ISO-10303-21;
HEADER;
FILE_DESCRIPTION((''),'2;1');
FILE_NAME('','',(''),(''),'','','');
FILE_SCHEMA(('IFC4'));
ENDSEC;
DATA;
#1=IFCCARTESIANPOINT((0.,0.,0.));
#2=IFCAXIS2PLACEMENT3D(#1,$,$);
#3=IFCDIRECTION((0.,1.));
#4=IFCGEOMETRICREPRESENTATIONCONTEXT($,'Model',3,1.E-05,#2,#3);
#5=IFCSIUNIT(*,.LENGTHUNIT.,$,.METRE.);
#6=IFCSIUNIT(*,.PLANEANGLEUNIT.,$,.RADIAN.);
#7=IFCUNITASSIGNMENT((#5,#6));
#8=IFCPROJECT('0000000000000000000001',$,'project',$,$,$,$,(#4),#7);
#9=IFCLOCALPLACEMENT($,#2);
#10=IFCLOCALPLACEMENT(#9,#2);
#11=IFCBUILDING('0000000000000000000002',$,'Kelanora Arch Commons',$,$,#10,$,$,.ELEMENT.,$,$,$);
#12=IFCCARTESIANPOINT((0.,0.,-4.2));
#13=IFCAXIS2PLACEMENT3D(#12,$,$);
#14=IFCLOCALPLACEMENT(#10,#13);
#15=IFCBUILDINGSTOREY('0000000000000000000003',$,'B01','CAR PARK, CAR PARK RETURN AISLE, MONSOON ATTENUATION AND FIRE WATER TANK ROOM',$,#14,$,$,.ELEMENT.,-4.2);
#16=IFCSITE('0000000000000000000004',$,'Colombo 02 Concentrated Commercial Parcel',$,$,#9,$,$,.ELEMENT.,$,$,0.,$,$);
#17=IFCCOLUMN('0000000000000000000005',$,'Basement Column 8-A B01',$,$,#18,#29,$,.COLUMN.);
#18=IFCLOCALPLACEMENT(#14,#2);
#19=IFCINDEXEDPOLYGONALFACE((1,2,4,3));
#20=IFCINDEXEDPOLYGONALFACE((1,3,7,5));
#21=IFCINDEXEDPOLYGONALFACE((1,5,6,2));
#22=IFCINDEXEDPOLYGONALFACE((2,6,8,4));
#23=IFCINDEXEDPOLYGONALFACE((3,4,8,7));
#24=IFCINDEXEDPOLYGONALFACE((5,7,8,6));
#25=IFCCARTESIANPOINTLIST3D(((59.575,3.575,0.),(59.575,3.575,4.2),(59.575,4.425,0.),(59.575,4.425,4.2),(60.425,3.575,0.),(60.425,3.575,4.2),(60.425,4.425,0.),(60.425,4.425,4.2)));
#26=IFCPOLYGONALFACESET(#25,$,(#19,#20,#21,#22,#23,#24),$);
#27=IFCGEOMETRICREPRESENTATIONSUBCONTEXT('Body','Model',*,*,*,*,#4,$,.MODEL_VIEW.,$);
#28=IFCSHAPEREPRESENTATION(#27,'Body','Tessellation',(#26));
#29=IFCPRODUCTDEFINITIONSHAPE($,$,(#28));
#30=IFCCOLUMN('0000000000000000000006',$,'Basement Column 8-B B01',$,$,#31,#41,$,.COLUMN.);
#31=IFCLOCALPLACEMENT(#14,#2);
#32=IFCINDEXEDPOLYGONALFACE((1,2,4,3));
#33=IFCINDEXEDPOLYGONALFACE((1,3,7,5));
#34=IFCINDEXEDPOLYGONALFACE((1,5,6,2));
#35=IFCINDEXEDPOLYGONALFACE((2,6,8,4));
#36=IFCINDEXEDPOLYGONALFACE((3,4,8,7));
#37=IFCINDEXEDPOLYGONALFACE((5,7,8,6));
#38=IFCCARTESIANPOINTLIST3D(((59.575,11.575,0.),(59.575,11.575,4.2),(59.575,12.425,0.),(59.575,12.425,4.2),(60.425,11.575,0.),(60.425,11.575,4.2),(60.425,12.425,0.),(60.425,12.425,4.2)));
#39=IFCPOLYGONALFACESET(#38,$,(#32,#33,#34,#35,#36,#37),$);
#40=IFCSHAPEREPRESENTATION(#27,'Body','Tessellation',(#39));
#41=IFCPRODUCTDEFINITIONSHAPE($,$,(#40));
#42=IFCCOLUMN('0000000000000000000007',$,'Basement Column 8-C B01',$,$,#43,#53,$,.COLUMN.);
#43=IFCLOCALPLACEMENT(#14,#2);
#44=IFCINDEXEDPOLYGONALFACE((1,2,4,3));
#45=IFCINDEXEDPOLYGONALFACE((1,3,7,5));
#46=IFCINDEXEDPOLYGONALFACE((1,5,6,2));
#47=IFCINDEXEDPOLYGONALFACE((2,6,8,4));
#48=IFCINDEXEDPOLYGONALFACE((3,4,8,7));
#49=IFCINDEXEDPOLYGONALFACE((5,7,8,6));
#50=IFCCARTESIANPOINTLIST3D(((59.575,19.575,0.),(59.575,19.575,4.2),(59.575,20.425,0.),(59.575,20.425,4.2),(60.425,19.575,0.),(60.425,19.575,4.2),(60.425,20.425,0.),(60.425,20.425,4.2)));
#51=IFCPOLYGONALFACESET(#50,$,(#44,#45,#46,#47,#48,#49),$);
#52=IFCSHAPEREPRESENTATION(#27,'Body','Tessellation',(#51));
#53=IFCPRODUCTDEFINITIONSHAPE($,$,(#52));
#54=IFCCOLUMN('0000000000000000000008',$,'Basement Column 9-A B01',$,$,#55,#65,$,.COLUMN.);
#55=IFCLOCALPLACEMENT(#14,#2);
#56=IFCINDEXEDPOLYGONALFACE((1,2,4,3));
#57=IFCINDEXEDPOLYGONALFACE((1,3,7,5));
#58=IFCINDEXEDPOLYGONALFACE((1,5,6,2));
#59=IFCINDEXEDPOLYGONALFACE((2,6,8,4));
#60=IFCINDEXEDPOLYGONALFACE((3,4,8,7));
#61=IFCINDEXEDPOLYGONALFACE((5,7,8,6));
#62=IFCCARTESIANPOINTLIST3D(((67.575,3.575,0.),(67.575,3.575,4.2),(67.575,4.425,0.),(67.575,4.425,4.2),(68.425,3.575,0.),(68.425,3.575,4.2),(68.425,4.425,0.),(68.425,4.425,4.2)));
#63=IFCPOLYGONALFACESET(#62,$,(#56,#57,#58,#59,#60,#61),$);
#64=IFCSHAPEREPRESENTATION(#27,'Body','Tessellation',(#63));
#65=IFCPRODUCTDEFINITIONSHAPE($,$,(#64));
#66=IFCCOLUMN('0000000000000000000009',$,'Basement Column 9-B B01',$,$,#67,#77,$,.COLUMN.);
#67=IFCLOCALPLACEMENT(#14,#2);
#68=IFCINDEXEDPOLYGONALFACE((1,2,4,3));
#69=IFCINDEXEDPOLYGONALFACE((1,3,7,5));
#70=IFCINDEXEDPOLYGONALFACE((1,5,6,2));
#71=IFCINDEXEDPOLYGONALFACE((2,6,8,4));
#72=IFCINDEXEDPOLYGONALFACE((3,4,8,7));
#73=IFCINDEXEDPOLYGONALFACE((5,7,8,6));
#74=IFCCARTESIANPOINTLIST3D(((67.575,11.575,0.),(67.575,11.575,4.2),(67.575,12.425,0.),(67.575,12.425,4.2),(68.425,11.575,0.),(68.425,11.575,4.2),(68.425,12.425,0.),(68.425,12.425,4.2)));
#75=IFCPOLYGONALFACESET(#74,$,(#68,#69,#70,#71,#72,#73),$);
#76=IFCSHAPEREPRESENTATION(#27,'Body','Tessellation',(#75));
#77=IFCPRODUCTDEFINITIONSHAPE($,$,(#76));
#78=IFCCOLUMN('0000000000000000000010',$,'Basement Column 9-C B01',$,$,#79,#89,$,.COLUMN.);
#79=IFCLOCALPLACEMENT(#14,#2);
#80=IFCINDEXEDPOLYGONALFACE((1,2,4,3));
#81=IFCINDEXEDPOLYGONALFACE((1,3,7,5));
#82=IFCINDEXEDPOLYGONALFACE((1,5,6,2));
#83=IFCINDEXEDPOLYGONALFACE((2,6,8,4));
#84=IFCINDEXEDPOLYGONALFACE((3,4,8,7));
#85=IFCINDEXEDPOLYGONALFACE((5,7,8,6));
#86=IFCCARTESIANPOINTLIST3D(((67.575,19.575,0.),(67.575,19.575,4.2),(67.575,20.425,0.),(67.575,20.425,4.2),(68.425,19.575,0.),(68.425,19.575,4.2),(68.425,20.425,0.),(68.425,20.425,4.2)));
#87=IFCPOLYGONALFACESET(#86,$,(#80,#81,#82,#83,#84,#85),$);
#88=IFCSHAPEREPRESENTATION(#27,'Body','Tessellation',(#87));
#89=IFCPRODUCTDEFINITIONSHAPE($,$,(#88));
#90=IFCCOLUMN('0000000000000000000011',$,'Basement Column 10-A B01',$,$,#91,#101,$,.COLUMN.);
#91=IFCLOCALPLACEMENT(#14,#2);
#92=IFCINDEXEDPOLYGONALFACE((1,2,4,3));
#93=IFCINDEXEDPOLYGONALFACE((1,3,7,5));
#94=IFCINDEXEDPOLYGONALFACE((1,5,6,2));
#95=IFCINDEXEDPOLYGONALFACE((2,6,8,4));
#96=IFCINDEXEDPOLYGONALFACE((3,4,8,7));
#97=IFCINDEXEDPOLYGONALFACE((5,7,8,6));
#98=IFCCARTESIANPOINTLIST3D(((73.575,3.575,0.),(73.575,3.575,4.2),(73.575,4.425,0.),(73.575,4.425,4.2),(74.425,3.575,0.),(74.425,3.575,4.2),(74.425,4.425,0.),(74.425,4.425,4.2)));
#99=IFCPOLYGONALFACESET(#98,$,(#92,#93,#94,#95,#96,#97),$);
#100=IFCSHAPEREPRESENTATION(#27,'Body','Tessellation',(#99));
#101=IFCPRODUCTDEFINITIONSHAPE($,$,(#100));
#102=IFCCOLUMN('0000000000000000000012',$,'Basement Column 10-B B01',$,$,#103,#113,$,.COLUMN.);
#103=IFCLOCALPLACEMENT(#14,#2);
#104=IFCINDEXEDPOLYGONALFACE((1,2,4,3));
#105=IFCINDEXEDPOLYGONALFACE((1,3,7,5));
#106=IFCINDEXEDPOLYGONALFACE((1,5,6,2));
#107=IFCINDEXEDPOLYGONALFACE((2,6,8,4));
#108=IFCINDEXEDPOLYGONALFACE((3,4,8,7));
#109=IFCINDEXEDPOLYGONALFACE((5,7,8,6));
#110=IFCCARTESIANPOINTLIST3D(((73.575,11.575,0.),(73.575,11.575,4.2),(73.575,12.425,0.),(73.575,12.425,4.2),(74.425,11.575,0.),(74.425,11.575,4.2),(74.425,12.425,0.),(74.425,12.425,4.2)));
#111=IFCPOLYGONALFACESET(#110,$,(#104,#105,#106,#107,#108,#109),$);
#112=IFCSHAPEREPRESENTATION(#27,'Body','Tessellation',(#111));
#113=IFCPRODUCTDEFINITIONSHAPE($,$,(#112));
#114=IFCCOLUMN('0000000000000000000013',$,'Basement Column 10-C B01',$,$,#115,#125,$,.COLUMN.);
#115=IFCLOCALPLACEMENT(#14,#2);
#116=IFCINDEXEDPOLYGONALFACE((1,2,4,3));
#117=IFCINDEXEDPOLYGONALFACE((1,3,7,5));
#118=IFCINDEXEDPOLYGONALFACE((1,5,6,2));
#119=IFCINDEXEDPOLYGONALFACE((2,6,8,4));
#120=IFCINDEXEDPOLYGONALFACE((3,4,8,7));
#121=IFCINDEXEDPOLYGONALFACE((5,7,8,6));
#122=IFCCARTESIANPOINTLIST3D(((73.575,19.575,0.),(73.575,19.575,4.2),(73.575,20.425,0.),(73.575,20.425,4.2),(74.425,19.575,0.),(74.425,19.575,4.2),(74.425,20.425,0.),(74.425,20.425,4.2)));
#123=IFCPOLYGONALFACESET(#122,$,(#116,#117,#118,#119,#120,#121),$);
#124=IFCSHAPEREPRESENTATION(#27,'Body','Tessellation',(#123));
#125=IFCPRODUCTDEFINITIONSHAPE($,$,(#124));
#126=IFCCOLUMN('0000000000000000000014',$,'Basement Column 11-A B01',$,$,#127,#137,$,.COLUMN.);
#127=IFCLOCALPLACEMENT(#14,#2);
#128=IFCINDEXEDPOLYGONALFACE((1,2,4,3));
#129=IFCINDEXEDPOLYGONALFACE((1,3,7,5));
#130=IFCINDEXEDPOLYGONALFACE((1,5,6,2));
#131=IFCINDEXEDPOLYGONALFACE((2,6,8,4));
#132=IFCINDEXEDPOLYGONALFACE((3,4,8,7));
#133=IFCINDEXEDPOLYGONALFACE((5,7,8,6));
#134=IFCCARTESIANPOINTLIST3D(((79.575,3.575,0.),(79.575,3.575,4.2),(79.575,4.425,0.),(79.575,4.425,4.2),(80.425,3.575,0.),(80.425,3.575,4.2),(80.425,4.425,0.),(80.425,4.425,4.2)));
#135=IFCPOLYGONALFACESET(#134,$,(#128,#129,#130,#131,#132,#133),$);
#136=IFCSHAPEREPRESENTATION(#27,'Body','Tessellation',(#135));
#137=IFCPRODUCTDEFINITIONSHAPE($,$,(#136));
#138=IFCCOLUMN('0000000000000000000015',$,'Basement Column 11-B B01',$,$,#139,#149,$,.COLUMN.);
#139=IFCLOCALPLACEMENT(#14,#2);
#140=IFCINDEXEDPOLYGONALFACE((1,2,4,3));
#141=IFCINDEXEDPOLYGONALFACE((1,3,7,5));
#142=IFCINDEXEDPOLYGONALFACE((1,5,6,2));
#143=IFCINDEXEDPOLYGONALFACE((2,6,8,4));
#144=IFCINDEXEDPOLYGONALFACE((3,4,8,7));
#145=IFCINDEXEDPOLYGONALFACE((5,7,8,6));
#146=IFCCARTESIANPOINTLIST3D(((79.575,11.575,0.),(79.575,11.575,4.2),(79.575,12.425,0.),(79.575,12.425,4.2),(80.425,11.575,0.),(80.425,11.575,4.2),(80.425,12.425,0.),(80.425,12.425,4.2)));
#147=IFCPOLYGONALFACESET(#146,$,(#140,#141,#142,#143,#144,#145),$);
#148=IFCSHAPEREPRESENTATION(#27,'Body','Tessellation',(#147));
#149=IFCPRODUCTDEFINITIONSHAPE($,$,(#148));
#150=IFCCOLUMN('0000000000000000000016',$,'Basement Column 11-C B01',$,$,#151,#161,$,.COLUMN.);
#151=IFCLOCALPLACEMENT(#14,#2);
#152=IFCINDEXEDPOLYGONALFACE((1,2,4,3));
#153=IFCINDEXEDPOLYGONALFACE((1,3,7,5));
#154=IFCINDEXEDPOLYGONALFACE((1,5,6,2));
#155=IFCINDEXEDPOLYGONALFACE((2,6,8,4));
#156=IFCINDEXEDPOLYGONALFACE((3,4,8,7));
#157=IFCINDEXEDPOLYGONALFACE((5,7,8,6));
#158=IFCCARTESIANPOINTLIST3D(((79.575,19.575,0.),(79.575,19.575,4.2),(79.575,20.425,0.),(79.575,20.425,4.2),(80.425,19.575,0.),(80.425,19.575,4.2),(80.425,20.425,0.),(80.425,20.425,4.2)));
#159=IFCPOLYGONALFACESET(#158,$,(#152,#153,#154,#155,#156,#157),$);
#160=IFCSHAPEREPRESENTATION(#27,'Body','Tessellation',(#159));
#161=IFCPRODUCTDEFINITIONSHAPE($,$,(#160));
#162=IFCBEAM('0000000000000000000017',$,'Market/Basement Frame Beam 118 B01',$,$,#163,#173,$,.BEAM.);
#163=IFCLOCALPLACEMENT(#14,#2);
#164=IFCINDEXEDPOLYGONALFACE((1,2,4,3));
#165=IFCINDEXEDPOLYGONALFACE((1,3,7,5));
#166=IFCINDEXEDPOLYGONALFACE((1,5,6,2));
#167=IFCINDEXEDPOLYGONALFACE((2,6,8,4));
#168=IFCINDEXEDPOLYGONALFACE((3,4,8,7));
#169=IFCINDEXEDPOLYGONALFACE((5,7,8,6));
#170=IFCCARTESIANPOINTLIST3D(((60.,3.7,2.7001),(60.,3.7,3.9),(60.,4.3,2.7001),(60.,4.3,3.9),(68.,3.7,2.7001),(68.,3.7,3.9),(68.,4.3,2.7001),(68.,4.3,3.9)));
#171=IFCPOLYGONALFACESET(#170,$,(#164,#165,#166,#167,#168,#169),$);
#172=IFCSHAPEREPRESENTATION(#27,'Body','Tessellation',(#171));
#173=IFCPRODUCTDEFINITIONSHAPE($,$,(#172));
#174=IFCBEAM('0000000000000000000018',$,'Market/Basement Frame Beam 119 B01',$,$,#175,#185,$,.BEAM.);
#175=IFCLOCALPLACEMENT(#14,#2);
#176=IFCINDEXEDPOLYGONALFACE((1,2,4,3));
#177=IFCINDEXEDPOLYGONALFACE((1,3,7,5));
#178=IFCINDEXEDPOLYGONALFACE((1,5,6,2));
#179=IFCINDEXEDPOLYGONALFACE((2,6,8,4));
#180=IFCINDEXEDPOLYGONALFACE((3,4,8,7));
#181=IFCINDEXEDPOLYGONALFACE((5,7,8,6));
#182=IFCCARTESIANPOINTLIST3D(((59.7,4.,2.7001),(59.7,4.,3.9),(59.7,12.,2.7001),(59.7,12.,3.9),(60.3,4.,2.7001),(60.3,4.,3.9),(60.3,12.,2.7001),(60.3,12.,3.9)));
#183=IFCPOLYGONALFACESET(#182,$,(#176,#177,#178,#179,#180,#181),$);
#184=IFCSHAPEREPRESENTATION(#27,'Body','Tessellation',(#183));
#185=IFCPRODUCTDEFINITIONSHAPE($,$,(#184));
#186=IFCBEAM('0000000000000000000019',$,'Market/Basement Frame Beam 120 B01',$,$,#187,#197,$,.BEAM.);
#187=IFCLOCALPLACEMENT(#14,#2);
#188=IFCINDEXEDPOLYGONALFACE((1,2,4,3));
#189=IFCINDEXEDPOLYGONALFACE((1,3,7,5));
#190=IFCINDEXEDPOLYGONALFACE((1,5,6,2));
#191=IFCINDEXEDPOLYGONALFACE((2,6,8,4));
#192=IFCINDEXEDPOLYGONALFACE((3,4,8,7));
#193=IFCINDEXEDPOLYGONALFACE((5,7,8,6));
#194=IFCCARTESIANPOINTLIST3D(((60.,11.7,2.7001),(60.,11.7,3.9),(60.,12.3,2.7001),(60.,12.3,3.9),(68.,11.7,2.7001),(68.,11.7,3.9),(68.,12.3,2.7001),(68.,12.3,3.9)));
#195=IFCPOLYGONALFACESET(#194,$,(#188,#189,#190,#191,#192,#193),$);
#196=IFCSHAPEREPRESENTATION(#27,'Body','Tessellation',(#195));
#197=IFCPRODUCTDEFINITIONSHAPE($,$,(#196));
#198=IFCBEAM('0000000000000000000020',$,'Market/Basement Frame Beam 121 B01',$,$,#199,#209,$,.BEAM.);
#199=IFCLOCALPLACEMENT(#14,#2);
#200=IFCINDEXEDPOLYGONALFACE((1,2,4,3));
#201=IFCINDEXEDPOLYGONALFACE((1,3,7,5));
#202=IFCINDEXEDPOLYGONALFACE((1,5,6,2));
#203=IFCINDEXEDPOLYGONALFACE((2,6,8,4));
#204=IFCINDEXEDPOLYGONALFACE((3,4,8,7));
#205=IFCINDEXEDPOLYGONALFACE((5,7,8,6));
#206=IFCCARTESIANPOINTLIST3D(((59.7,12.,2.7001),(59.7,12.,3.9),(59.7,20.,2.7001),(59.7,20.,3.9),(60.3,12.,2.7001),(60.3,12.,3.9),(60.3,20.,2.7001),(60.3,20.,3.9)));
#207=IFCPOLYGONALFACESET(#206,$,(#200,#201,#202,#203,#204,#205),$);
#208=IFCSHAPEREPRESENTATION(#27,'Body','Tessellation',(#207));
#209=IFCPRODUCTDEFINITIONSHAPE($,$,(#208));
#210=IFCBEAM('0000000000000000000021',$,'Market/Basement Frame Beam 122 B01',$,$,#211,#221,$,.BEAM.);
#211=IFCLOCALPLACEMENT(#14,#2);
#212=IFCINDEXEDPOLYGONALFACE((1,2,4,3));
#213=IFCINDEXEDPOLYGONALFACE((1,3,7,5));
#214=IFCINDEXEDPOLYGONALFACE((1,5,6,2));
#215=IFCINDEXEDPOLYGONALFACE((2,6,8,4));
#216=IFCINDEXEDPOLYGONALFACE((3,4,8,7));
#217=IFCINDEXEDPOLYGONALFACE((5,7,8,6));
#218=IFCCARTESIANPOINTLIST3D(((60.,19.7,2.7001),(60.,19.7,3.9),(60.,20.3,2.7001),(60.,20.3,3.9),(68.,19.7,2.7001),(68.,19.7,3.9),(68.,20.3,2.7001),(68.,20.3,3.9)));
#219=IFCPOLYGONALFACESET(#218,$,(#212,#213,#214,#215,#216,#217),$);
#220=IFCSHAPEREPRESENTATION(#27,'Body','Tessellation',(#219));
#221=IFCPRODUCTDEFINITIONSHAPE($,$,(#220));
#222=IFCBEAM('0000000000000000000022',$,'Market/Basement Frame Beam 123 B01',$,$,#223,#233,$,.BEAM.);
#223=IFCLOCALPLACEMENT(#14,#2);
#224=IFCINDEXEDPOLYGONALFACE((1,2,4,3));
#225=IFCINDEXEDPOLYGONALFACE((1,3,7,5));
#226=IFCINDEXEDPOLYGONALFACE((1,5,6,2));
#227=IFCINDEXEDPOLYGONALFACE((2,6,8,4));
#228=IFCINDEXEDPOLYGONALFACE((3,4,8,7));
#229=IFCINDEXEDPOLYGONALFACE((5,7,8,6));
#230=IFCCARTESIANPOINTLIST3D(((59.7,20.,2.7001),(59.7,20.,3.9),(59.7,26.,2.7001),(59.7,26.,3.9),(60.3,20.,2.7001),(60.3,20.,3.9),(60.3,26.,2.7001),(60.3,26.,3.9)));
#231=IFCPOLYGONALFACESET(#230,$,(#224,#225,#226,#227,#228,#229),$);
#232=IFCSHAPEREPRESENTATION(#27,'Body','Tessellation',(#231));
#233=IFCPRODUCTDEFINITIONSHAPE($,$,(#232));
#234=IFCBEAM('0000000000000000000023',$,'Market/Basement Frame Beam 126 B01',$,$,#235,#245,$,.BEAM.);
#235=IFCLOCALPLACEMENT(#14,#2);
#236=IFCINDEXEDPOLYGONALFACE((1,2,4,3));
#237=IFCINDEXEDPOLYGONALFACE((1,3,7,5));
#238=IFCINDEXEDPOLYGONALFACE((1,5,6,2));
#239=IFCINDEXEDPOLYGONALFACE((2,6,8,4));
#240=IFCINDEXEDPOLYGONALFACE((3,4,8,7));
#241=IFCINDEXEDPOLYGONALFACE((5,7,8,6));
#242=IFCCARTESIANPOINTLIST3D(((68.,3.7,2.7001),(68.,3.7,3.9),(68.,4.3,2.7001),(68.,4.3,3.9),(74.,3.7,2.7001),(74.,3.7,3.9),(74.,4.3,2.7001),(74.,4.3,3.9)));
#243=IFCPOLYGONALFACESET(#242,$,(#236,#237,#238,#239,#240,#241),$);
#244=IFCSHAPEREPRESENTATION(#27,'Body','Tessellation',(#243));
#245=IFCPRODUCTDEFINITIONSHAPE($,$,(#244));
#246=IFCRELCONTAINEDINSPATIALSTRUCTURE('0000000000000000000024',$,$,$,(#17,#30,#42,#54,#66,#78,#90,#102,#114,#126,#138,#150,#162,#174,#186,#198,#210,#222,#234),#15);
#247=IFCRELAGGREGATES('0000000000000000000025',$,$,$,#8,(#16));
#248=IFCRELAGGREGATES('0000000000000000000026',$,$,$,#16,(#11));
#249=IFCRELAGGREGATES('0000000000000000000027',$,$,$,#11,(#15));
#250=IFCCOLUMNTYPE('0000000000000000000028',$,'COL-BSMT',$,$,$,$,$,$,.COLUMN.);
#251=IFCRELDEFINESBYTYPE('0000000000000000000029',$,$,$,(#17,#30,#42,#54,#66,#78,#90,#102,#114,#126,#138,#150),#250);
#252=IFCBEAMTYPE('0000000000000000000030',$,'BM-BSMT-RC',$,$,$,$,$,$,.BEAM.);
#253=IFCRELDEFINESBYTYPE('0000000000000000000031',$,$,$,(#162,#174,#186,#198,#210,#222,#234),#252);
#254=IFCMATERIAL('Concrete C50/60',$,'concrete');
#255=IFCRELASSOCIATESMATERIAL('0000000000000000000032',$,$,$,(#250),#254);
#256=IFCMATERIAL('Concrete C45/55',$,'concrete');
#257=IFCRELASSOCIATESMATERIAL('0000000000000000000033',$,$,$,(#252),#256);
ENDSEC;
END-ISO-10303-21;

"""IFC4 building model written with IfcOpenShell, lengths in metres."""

from ifc_helpers import new_model, si_unit, direction, frame, origin, origin_2d, place, context, subcontext, project, spatial, rectangle, extrude, material, material_profile, profile_set, type_object, element, save


model = new_model("IFC4")

# Units and contexts
model_context = context("Model", 3, precision=1e-05, world=origin(), true_north=direction((0.0, 1.0)))
body_context = subcontext(model_context, "Body", "Model", "MODEL_VIEW")
ifc_project = project(units=[si_unit("LENGTHUNIT", "METRE"), si_unit("PLANEANGLEUNIT", "RADIAN")], contexts=[model_context])

# Site, building, storey
site_placement = place(None, origin())
site = spatial("IfcSite", under=ifc_project, at=site_placement, Name="Colombo 02 Concentrated Commercial Parcel", CompositionType="ELEMENT", RefElevation=0.0)
building_placement = place(site_placement, origin())
building = spatial("IfcBuilding", under=site, at=building_placement, Name="Kelanora Arch Commons", CompositionType="ELEMENT")
storey_placement = place(building_placement, frame((0.0, 0.0, -4.2)))
storey = spatial("IfcBuildingStorey", under=building, at=storey_placement, Name="B01", Description="CAR PARK, CAR PARK RETURN AISLE, MONSOON ATTENUATION AND FIRE WATER TANK ROOM", CompositionType="ELEMENT", Elevation=-4.2)

# Columns
ifc_material_1 = material(Name="Concrete C50/60", Category="concrete")
ifc_material_profile_1 = material_profile(ifc_material_1, rectangle(XDim=0.8501, YDim=0.8501, at=origin_2d()), Name="RC850x850")
ifc_profile_set_1 = profile_set([ifc_material_profile_1], Name="Concrete C50/60")
column_type = type_object("IfcColumnType", Name="COL-BSMT", PredefinedType="COLUMN", material=ifc_profile_set_1)
for number, where, z_axis, x_axis, name in (
    (1, (60.0, 4.0, 0.0), (0.0, 0.0, 1.0), (1.0, 0.0, 0.0), "Basement Column 8-A B01"),
    (2, (60.0, 12.0, 0.0), (0.0, 0.0, 1.0), (1.0, 0.0, 0.0), "Basement Column 8-B B01"),
    (3, (60.0, 20.0, 0.0), (0.0, 0.0, 1.0), (1.0, 0.0, 0.0), "Basement Column 8-C B01"),
    (4, (68.0, 4.0, 0.0), (0.0, 0.0, 1.0), (1.0, 0.0, 0.0), "Basement Column 9-A B01"),
    (5, (68.0, 12.0, 0.0), (0.0, 0.0, 1.0), (1.0, 0.0, 0.0), "Basement Column 9-B B01"),
    (6, (68.0, 20.0, 0.0), (0.0, 0.0, 1.0), (1.0, 0.0, 0.0), "Basement Column 9-C B01"),
    (7, (74.0, 4.0, 0.0), (0.0, 0.0, 1.0), (1.0, 0.0, 0.0), "Basement Column 10-A B01"),
    (8, (74.0, 12.0, 0.0), (0.0, 0.0, 1.0), (1.0, 0.0, 0.0), "Basement Column 10-B B01"),
    (9, (74.0, 20.0, 0.0), (0.0, 0.0, 1.0), (1.0, 0.0, 0.0), "Basement Column 10-C B01"),
    (10, (80.0, 4.0, 0.0), (0.0, 0.0, 1.0), (1.0, 0.0, 0.0), "Basement Column 11-A B01"),
    (11, (80.0, 12.0, 0.0), (0.0, 0.0, 1.0), (1.0, 0.0, 0.0), "Basement Column 11-B B01"),
    (12, (80.0, 20.0, 0.0), (0.0, 0.0, 1.0), (1.0, 0.0, 0.0), "Basement Column 11-C B01"),
):
    element("IfcColumn", number, at=place(storey_placement, frame(where, z_axis=z_axis, x_axis=x_axis)), inside=storey, type_object=column_type, Name=name, PredefinedType="COLUMN", context=body_context, shape_type="SweptSolid", body=[
        extrude(rectangle(XDim=0.8501, YDim=0.8501, at=origin_2d()), origin(), (0.0, 0.0, 1.0), 4.2),
    ])

# Beams
ifc_material_2 = material(Name="Concrete C45/55", Category="concrete")
ifc_material_profile_2 = material_profile(ifc_material_2, rectangle(XDim=0.6001, YDim=1.2, at=origin_2d()), Name="RCB600x1200")
ifc_profile_set_2 = profile_set([ifc_material_profile_2], Name="Concrete C45/55")
beam_type = type_object("IfcBeamType", Name="BM-BSMT-RC", PredefinedType="BEAM", material=ifc_profile_set_2)
for number, where, z_axis, x_axis, name in (
    (13, (60.0, 4.0, 3.3), (1.0, 0.0, 0.0), (0.0, 1.0, 0.0), "Market/Basement Frame Beam 118 B01"),
    (14, (60.0, 4.0, 3.3), (0.0, 1.0, 0.0), (-1.0, 0.0, 0.0), "Market/Basement Frame Beam 119 B01"),
    (15, (60.0, 12.0, 3.3), (1.0, 0.0, 0.0), (0.0, 1.0, 0.0), "Market/Basement Frame Beam 120 B01"),
    (16, (60.0, 12.0, 3.3), (0.0, 1.0, 0.0), (-1.0, 0.0, 0.0), "Market/Basement Frame Beam 121 B01"),
    (17, (60.0, 20.0, 3.3), (1.0, 0.0, 0.0), (0.0, 1.0, 0.0), "Market/Basement Frame Beam 122 B01"),
):
    element("IfcBeam", number, at=place(storey_placement, frame(where, z_axis=z_axis, x_axis=x_axis)), inside=storey, type_object=beam_type, Name=name, PredefinedType="BEAM", context=body_context, shape_type="SweptSolid", body=[
        extrude(rectangle(XDim=0.6001, YDim=1.2, at=origin_2d()), origin(), (0.0, 0.0, 1.0), 8.0),
    ])
for number, where, z_axis, x_axis, name in (
    (18, (60.0, 20.0, 3.3), (0.0, 1.0, 0.0), (-1.0, 0.0, 0.0), "Market/Basement Frame Beam 123 B01"),
    (19, (68.0, 4.0, 3.3), (1.0, 0.0, 0.0), (0.0, 1.0, 0.0), "Market/Basement Frame Beam 126 B01"),
):
    element("IfcBeam", number, at=place(storey_placement, frame(where, z_axis=z_axis, x_axis=x_axis)), inside=storey, type_object=beam_type, Name=name, PredefinedType="BEAM", context=body_context, shape_type="SweptSolid", body=[
        extrude(rectangle(XDim=0.6001, YDim=1.2, at=origin_2d()), origin(), (0.0, 0.0, 1.0), 6.0),
    ])

save(model, "model.ifc")
